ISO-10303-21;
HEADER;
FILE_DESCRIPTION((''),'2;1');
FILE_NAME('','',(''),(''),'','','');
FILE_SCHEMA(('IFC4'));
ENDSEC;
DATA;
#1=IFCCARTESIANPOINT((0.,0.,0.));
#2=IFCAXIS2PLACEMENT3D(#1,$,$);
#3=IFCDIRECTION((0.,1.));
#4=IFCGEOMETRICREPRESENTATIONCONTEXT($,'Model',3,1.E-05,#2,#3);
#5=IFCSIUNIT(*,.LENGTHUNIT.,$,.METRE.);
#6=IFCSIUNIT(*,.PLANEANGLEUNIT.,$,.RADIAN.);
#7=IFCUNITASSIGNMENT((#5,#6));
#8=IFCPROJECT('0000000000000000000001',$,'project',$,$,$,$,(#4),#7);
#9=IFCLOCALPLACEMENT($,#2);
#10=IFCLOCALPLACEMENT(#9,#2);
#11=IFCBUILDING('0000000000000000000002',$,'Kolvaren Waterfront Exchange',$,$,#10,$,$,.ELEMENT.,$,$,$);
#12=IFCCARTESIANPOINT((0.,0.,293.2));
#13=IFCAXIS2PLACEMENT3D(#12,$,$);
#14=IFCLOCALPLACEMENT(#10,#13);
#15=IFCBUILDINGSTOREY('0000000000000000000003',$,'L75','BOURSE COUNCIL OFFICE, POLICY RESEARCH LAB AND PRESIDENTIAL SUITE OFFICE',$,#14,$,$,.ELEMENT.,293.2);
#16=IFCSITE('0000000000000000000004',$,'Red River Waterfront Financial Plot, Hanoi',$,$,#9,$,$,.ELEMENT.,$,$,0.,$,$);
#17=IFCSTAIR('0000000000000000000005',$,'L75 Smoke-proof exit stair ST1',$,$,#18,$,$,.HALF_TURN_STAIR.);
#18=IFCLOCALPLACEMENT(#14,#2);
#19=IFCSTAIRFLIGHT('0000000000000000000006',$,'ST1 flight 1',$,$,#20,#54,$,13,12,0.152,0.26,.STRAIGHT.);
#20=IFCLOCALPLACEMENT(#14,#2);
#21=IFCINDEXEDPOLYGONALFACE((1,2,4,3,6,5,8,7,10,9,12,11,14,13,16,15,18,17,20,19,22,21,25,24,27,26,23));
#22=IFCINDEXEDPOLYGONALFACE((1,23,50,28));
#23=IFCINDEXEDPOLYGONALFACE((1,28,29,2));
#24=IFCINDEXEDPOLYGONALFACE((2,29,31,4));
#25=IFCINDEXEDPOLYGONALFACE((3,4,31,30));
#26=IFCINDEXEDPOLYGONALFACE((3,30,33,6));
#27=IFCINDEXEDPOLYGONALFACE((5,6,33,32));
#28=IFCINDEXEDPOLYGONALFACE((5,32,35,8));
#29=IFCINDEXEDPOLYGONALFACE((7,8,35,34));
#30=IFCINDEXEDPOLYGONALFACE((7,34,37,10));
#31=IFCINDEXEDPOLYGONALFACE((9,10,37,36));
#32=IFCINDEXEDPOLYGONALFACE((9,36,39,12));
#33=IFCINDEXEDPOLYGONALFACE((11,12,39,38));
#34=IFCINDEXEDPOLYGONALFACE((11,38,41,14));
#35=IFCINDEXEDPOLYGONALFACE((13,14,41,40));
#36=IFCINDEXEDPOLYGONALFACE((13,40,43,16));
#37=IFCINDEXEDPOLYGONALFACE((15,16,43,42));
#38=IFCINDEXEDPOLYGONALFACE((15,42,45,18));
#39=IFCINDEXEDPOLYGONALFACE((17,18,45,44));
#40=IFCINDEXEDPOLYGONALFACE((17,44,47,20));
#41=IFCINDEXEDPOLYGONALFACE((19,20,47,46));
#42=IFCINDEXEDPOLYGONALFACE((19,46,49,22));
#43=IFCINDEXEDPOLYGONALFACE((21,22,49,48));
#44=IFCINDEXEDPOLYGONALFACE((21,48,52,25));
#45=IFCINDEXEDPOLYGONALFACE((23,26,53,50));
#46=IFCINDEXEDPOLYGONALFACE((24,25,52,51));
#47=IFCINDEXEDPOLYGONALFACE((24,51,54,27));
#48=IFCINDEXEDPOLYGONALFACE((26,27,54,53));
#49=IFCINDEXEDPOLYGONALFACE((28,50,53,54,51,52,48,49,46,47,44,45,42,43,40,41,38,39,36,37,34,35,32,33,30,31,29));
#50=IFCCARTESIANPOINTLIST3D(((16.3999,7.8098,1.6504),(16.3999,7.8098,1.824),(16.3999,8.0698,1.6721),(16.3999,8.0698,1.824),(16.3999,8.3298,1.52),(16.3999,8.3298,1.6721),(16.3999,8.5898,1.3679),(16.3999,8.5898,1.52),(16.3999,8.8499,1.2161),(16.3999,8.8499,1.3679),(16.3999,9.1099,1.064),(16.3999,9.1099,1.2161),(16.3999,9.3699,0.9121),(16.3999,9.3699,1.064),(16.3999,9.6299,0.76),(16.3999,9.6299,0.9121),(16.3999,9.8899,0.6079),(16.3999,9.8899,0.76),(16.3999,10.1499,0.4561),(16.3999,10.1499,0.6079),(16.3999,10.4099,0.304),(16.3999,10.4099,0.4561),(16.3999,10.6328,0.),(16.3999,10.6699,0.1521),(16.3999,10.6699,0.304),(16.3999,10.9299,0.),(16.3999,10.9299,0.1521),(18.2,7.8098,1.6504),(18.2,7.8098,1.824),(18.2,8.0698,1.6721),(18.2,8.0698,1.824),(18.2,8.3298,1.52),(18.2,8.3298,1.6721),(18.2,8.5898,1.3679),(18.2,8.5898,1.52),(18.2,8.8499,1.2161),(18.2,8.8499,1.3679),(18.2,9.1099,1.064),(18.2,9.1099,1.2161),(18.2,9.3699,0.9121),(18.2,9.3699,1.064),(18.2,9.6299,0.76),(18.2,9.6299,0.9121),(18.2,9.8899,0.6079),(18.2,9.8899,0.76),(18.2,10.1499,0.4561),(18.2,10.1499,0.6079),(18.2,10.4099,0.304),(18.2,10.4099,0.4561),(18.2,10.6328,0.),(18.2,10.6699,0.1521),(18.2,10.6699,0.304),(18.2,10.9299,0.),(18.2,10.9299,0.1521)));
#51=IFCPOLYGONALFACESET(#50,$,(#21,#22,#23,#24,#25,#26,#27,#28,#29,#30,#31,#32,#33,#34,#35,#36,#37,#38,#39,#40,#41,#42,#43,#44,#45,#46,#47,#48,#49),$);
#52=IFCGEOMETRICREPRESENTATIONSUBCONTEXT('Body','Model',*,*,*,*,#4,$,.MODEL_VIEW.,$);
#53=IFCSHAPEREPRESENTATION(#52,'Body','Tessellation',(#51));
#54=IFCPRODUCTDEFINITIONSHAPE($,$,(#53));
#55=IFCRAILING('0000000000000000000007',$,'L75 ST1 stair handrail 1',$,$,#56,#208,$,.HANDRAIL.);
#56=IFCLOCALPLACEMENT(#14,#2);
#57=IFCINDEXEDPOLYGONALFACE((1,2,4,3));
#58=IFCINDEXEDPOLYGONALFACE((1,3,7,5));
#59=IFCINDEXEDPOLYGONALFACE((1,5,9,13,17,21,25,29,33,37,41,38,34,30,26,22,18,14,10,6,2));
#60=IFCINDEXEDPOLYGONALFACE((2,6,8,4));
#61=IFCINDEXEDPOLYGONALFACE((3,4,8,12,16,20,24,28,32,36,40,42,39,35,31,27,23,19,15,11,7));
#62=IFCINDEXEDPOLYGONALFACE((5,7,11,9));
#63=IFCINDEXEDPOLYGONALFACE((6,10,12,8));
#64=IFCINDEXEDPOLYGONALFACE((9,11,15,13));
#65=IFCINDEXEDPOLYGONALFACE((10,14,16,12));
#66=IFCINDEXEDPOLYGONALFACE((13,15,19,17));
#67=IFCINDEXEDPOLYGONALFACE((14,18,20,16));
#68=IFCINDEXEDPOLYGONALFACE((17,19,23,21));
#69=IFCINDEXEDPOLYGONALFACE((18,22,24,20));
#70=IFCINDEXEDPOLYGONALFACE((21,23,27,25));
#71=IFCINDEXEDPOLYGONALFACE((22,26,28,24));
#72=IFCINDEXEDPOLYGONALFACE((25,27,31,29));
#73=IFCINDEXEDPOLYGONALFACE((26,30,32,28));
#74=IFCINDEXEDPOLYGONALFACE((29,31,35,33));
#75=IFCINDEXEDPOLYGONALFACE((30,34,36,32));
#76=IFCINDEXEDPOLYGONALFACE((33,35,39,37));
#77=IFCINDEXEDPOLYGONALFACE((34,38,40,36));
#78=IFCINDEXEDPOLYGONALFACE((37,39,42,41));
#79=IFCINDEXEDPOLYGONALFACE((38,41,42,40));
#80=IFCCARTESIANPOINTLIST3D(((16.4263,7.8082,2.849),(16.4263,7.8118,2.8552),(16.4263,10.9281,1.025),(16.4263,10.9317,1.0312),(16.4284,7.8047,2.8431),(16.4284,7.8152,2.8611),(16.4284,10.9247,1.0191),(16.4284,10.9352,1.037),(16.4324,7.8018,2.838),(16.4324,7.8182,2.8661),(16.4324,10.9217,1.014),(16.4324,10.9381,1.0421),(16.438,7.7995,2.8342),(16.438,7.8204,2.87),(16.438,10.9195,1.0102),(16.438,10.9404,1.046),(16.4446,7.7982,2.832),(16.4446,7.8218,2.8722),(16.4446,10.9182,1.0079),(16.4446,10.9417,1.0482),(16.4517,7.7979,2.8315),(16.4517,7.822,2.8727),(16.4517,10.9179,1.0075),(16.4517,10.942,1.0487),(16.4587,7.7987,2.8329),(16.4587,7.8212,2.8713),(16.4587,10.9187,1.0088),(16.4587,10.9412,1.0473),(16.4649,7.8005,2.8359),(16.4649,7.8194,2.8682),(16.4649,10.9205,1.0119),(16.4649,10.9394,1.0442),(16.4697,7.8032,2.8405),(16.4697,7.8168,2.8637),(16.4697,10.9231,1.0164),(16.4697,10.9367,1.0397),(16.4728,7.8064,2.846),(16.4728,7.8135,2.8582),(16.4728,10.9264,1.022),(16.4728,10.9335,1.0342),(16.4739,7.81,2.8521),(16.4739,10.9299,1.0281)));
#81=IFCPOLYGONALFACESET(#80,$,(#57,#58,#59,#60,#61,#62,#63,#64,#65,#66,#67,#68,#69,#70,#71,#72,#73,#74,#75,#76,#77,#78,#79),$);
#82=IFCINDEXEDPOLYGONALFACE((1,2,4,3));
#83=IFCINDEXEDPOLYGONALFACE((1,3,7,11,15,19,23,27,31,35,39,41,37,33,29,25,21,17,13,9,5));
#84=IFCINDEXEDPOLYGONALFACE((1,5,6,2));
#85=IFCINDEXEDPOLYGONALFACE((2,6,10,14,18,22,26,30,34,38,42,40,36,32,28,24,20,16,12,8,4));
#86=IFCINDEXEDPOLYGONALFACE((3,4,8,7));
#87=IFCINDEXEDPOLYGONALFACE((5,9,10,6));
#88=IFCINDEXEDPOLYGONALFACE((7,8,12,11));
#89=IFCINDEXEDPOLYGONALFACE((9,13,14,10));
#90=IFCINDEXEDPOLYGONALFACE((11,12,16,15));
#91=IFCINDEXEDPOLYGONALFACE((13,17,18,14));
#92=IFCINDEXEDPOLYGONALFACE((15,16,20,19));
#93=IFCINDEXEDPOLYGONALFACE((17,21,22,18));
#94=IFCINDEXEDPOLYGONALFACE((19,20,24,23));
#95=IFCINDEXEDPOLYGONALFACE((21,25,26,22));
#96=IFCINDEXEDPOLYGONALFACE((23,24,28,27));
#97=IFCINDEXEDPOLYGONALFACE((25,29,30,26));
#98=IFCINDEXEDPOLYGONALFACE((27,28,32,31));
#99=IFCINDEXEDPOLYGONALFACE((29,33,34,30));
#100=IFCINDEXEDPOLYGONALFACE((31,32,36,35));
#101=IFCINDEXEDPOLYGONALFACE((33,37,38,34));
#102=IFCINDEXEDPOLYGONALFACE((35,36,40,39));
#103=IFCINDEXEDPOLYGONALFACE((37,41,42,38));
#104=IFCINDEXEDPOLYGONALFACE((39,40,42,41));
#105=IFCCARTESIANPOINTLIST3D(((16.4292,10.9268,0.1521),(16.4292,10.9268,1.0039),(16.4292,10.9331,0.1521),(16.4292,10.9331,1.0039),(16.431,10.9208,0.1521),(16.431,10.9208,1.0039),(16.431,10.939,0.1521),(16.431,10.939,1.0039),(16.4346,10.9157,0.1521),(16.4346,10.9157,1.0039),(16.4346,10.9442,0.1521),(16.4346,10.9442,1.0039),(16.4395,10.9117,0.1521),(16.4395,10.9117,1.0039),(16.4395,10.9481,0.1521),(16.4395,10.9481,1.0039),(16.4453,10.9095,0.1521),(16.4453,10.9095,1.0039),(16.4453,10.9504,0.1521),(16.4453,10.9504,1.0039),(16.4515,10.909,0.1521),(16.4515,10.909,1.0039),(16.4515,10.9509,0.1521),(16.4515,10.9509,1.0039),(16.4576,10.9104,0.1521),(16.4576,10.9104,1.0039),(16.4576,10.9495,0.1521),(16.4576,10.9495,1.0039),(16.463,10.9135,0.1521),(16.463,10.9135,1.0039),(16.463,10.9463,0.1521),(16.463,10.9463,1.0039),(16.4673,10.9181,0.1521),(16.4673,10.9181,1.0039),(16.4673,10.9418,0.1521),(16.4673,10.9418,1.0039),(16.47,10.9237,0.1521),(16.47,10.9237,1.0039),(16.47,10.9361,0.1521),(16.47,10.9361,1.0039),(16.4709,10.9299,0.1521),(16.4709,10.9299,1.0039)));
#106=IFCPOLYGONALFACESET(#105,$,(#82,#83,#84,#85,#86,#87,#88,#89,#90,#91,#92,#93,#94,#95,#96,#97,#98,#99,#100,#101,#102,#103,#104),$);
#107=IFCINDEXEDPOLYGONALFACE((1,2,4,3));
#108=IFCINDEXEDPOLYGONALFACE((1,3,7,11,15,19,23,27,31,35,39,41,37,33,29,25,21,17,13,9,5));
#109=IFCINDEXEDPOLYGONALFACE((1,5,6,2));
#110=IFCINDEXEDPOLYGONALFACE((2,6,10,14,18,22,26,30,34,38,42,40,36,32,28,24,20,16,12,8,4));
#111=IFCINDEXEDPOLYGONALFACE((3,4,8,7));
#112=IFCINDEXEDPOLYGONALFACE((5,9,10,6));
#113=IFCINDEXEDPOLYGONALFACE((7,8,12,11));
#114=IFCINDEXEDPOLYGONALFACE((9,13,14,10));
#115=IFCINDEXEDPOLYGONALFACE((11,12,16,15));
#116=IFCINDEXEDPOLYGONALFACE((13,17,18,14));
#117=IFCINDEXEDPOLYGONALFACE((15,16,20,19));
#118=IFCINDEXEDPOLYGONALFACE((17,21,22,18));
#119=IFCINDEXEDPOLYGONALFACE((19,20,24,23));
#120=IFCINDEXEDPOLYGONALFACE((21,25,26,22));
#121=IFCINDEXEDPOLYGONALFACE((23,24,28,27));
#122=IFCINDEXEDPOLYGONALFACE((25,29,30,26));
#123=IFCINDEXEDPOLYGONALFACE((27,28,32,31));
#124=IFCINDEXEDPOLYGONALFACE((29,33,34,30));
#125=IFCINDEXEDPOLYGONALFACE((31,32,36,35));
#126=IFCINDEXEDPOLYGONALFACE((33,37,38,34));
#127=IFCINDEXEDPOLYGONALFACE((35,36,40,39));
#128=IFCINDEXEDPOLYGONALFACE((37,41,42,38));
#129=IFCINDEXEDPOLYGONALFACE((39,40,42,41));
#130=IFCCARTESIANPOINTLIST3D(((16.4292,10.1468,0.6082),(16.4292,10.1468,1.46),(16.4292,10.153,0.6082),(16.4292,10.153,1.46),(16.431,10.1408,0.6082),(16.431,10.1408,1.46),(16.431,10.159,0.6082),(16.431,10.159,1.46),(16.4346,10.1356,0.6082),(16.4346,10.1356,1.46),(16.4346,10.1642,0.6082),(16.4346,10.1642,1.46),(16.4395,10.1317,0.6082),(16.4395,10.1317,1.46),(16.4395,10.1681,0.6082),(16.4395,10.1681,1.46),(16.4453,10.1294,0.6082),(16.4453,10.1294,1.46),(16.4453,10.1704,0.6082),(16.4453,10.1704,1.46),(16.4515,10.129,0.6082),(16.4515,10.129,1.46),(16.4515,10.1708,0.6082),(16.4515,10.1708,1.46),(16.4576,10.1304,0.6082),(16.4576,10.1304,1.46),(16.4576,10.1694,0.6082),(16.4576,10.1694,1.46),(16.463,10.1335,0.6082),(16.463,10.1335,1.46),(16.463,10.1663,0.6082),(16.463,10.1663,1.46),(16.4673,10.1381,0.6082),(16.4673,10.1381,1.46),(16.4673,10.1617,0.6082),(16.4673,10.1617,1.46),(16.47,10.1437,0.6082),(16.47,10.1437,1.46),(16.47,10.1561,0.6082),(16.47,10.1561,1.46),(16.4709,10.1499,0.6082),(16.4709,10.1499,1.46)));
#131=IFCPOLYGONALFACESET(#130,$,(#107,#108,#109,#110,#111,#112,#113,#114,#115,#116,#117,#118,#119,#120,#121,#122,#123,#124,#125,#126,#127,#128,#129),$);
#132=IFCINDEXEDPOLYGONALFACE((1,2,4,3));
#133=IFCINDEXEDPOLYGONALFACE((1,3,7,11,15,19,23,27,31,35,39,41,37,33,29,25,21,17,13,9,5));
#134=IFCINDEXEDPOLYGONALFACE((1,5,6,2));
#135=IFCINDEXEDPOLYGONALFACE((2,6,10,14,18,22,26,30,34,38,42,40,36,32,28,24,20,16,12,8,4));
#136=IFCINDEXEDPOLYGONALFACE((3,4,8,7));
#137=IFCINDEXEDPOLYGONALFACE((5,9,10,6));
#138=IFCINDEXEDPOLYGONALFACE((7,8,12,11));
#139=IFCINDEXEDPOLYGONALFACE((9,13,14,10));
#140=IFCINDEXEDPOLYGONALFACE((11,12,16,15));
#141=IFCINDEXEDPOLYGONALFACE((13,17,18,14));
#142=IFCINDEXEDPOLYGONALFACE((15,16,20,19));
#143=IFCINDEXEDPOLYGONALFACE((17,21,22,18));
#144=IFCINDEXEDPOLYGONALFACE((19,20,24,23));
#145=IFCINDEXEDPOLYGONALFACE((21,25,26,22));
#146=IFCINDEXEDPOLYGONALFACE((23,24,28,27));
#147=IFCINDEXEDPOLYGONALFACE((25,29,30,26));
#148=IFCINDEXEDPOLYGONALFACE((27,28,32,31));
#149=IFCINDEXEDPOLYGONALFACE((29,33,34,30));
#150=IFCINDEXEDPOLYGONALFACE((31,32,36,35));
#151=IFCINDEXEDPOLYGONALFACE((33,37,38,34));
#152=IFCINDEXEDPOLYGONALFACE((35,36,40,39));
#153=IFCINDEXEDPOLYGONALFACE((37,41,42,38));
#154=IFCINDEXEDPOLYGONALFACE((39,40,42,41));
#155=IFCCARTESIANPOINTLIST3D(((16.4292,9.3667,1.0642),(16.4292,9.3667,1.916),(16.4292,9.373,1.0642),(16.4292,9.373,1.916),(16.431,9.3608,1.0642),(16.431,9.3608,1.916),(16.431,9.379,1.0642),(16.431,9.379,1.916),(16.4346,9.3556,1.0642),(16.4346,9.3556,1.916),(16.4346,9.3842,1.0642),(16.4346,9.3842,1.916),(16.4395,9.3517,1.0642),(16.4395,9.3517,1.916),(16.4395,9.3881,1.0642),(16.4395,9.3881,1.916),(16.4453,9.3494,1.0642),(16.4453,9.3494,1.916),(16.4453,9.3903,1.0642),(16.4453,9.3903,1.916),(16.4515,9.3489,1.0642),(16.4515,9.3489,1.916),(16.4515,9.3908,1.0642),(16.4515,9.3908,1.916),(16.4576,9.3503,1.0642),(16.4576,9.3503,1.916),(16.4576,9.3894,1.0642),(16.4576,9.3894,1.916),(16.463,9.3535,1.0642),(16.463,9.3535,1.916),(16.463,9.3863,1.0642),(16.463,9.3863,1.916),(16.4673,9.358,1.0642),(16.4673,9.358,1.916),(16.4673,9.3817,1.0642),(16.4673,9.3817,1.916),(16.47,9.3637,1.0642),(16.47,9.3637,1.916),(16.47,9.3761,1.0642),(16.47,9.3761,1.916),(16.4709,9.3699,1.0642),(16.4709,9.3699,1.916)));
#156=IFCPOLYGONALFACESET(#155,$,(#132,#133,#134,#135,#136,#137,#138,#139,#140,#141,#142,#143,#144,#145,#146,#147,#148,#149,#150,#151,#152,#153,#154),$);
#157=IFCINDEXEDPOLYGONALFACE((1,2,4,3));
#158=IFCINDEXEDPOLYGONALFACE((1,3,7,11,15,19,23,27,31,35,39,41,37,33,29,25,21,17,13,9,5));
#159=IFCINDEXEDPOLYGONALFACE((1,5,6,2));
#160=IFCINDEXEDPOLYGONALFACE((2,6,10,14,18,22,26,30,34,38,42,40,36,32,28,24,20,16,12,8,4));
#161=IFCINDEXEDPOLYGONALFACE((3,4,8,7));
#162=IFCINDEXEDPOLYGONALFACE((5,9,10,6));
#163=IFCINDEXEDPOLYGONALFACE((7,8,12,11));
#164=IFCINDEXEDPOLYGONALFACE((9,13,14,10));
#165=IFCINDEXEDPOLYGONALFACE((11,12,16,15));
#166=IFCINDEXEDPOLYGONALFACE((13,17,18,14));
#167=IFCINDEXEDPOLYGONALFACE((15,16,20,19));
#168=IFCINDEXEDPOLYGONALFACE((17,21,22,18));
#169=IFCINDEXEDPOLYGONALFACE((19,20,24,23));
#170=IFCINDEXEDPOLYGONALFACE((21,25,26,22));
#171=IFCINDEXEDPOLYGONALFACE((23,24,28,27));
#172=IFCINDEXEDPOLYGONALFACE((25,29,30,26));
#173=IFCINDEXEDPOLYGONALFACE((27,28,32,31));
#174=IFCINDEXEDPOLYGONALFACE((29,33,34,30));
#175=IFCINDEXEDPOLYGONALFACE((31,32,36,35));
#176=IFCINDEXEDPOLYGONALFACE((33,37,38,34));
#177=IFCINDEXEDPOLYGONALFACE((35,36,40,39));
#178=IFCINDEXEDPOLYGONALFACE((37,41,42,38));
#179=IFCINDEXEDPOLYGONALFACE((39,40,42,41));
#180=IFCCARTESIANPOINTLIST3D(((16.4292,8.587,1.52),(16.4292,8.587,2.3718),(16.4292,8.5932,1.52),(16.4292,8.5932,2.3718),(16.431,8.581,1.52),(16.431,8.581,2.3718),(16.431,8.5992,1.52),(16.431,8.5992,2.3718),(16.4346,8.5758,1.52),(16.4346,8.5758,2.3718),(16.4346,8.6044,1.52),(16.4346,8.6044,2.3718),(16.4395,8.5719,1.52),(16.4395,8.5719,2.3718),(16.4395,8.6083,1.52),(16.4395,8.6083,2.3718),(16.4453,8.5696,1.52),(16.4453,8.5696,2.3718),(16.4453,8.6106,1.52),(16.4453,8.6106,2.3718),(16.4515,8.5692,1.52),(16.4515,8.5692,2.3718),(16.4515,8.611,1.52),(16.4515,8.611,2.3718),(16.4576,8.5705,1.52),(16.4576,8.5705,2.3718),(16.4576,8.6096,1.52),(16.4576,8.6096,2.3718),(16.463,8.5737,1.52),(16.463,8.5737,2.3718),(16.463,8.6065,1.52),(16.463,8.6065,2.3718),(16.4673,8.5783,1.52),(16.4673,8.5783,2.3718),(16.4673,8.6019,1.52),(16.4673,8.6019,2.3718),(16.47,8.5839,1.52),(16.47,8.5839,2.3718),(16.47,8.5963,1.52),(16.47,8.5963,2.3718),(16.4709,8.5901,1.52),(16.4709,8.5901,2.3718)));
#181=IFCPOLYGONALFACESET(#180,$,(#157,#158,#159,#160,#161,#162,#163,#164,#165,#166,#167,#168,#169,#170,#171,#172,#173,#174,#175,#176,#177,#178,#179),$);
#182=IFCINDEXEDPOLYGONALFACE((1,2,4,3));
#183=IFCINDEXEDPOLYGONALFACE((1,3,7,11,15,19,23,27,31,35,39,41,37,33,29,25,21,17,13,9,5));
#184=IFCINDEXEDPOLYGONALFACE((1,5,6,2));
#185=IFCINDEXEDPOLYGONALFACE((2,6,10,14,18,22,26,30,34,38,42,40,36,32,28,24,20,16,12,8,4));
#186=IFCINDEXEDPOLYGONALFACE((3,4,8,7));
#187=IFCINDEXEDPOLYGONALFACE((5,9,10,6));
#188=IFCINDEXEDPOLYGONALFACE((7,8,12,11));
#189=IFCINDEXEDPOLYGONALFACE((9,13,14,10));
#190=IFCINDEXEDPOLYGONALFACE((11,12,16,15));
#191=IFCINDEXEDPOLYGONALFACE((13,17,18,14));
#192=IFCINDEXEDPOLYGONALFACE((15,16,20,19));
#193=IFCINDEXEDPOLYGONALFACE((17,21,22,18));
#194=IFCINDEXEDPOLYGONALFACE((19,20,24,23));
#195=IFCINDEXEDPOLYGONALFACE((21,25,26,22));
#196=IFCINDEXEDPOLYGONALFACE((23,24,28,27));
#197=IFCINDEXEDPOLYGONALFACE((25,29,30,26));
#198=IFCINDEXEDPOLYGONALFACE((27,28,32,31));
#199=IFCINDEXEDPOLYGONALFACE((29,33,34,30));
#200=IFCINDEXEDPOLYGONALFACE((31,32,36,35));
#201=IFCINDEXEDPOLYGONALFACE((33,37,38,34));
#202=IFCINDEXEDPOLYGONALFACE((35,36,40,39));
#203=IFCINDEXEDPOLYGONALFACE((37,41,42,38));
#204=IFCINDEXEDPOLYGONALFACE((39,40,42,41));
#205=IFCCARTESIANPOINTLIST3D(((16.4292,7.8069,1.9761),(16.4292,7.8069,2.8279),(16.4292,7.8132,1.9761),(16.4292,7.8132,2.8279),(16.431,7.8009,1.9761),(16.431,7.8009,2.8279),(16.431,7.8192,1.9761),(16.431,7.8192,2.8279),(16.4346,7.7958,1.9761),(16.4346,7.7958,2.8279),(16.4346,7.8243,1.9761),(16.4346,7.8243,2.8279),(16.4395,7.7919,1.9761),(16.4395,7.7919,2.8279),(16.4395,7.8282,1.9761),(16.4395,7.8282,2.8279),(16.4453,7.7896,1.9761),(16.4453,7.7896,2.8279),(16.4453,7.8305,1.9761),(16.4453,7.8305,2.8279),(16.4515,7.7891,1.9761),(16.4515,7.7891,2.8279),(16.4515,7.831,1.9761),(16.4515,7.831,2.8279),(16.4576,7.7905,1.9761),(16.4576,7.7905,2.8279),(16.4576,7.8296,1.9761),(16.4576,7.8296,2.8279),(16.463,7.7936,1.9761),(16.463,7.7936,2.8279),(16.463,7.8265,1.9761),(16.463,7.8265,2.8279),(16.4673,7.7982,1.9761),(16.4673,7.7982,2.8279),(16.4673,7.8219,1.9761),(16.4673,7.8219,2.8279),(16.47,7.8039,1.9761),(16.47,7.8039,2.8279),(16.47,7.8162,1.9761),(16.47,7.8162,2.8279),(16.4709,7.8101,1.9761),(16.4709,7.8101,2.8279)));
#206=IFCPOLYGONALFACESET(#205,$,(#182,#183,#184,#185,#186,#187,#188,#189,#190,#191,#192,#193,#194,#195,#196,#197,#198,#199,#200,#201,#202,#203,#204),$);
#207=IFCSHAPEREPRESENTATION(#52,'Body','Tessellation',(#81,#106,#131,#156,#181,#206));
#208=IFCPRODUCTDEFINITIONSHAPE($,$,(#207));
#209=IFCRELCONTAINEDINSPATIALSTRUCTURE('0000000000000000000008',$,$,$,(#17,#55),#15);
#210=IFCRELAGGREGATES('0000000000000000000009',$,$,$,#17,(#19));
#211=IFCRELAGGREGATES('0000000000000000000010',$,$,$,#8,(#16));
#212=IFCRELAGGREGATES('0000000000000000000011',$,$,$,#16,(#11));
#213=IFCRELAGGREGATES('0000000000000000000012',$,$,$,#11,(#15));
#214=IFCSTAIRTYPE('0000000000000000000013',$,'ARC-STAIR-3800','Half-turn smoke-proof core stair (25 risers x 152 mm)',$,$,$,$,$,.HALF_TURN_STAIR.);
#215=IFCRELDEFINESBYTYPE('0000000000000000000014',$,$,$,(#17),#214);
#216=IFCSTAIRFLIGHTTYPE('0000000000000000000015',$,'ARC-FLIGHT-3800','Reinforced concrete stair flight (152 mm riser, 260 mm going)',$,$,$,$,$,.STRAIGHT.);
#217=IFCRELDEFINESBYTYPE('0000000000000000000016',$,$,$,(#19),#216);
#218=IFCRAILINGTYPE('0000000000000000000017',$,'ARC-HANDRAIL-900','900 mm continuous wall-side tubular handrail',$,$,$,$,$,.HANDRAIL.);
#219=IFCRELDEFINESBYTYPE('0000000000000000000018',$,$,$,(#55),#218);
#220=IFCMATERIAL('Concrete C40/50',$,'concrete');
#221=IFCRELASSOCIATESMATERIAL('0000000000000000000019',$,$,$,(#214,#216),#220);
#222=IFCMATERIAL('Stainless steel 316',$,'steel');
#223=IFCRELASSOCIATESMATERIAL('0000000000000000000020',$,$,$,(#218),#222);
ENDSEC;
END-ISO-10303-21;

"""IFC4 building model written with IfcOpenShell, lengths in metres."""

from ifc_helpers import new_model, si_unit, direction, frame, origin, origin_2d, place, context, subcontext, project, spatial, polyline, circle, outline, extrude, material, type_object, element, aggregate, save


model = new_model("IFC4")

# Units and contexts
model_context = context("Model", 3, precision=1e-05, world=origin(), true_north=direction((0.0, 1.0)))
body_context = subcontext(model_context, "Body", "Model", "MODEL_VIEW")
ifc_project = project(units=[si_unit("LENGTHUNIT", "METRE"), si_unit("PLANEANGLEUNIT", "RADIAN")], contexts=[model_context])

# Site, building, storey
site_placement = place(None, origin())
site = spatial("IfcSite", under=ifc_project, at=site_placement, Name="Red River Waterfront Financial Plot, Hanoi", CompositionType="ELEMENT", RefElevation=0.0)
building_placement = place(site_placement, origin())
building = spatial("IfcBuilding", under=site, at=building_placement, Name="Kolvaren Waterfront Exchange", CompositionType="ELEMENT")
storey_placement = place(building_placement, frame((0.0, 0.0, 293.2)))
storey = spatial("IfcBuildingStorey", under=building, at=storey_placement, Name="L75", Description="BOURSE COUNCIL OFFICE, POLICY RESEARCH LAB AND PRESIDENTIAL SUITE OFFICE", CompositionType="ELEMENT", Elevation=293.2)

# Shared definitions
ifc_material_1 = material(Name="Concrete C40/50", Category="concrete")

# Stair, stair flight
stair_type = type_object("IfcStairType", Name="ARC-STAIR-3800", Description="Half-turn smoke-proof core stair (25 risers x 152 mm)", PredefinedType="HALF_TURN_STAIR", material=ifc_material_1)
stair_placement = place(storey_placement, origin())
stair = element("IfcStair", 1, at=stair_placement, inside=storey, type_object=stair_type, Name="L75 Smoke-proof exit stair ST1", PredefinedType="HALF_TURN_STAIR")
stair_flight_type = type_object("IfcStairFlightType", Name="ARC-FLIGHT-3800", Description="Reinforced concrete stair flight (152 mm riser, 260 mm going)", PredefinedType="STRAIGHT", material=ifc_material_1)
stair_flight_placement = place(storey_placement, frame((17.3, 10.9299, 0.0), z_axis=(0.0, 0.0, 1.0), x_axis=(0.0, -1.0, 0.0)))
stair_flight = element("IfcStairFlight", 2, at=stair_flight_placement, type_object=stair_flight_type, Name="ST1 flight 1", NumberOfRisers=13, NumberOfTreads=12, PredefinedType="STRAIGHT", RiserHeight=0.152, TreadLength=0.26, context=body_context, shape_type="SweptSolid", body=[
    extrude(outline(polyline([(0.0, 0.0), (0.0, 0.1521), (0.26, 0.1521), (0.26, 0.304), (0.52, 0.304), (0.52, 0.4561), (0.78, 0.4561), (0.78, 0.6079), (1.04, 0.6079), (1.04, 0.76), (1.3, 0.76), (1.3, 0.9121), (1.5601, 0.9121), (1.5601, 1.064), (1.8201, 1.064), (1.8201, 1.2161), (2.0801, 1.2161), (2.0801, 1.3679), (2.3401, 1.3679), (2.3401, 1.52), (2.6001, 1.52), (2.6001, 1.6721), (2.8601, 1.6721), (2.8601, 1.824), (3.1201, 1.824), (3.1201, 1.9761), (3.1201, 1.6504), (0.2971, 0.0), (0.0, 0.0)])), frame((0.0, 0.8999, 0.0), z_axis=(0.0, -1.0, 0.0), x_axis=(1.0, 0.0, 0.0)), (0.0, 0.0, 1.0), 1.8),
])
aggregate(stair, [stair_flight])

# Railing
ifc_material_2 = material(Name="Stainless steel 316", Category="steel")
railing_type_1 = type_object("IfcRailingType", Name="ARC-HANDRAIL-900", Description="900 mm continuous wall-side tubular handrail", PredefinedType="HANDRAIL", material=ifc_material_2)
railing_1_placement = place(storey_placement, frame((16.45, 10.9299, 0.1521)))
element("IfcRailing", 3, at=railing_1_placement, inside=storey, type_object=railing_type_1, Name="L75 ST1 stair handrail 1", PredefinedType="HANDRAIL", context=body_context, shape_type="SweptSolid", body=[
    extrude(circle(Radius=0.0239, at=origin_2d()), frame((0.0, 0.0, 0.876), z_axis=(0.0, -0.863291, 0.504707), x_axis=(1.0, 0.0, 0.0)), (0.0, 0.0, 1.0), 3.614),
    extrude(circle(Radius=0.021, at=origin_2d()), origin(), (0.0, 0.0, 1.0), 0.8518),
    extrude(circle(Radius=0.021, at=origin_2d()), frame((0.0, -0.78, 0.4561)), (0.0, 0.0, 1.0), 0.8518),
    extrude(circle(Radius=0.021, at=origin_2d()), frame((0.0, -1.5601, 0.9121)), (0.0, 0.0, 1.0), 0.8518),
    extrude(circle(Radius=0.021, at=origin_2d()), frame((0.0, -2.3398, 1.3679)), (0.0, 0.0, 1.0), 0.8518),
    extrude(circle(Radius=0.021, at=origin_2d()), frame((0.0, -3.1199, 1.824)), (0.0, 0.0, 1.0), 0.8518),
])

save(model, "model.ifc")
